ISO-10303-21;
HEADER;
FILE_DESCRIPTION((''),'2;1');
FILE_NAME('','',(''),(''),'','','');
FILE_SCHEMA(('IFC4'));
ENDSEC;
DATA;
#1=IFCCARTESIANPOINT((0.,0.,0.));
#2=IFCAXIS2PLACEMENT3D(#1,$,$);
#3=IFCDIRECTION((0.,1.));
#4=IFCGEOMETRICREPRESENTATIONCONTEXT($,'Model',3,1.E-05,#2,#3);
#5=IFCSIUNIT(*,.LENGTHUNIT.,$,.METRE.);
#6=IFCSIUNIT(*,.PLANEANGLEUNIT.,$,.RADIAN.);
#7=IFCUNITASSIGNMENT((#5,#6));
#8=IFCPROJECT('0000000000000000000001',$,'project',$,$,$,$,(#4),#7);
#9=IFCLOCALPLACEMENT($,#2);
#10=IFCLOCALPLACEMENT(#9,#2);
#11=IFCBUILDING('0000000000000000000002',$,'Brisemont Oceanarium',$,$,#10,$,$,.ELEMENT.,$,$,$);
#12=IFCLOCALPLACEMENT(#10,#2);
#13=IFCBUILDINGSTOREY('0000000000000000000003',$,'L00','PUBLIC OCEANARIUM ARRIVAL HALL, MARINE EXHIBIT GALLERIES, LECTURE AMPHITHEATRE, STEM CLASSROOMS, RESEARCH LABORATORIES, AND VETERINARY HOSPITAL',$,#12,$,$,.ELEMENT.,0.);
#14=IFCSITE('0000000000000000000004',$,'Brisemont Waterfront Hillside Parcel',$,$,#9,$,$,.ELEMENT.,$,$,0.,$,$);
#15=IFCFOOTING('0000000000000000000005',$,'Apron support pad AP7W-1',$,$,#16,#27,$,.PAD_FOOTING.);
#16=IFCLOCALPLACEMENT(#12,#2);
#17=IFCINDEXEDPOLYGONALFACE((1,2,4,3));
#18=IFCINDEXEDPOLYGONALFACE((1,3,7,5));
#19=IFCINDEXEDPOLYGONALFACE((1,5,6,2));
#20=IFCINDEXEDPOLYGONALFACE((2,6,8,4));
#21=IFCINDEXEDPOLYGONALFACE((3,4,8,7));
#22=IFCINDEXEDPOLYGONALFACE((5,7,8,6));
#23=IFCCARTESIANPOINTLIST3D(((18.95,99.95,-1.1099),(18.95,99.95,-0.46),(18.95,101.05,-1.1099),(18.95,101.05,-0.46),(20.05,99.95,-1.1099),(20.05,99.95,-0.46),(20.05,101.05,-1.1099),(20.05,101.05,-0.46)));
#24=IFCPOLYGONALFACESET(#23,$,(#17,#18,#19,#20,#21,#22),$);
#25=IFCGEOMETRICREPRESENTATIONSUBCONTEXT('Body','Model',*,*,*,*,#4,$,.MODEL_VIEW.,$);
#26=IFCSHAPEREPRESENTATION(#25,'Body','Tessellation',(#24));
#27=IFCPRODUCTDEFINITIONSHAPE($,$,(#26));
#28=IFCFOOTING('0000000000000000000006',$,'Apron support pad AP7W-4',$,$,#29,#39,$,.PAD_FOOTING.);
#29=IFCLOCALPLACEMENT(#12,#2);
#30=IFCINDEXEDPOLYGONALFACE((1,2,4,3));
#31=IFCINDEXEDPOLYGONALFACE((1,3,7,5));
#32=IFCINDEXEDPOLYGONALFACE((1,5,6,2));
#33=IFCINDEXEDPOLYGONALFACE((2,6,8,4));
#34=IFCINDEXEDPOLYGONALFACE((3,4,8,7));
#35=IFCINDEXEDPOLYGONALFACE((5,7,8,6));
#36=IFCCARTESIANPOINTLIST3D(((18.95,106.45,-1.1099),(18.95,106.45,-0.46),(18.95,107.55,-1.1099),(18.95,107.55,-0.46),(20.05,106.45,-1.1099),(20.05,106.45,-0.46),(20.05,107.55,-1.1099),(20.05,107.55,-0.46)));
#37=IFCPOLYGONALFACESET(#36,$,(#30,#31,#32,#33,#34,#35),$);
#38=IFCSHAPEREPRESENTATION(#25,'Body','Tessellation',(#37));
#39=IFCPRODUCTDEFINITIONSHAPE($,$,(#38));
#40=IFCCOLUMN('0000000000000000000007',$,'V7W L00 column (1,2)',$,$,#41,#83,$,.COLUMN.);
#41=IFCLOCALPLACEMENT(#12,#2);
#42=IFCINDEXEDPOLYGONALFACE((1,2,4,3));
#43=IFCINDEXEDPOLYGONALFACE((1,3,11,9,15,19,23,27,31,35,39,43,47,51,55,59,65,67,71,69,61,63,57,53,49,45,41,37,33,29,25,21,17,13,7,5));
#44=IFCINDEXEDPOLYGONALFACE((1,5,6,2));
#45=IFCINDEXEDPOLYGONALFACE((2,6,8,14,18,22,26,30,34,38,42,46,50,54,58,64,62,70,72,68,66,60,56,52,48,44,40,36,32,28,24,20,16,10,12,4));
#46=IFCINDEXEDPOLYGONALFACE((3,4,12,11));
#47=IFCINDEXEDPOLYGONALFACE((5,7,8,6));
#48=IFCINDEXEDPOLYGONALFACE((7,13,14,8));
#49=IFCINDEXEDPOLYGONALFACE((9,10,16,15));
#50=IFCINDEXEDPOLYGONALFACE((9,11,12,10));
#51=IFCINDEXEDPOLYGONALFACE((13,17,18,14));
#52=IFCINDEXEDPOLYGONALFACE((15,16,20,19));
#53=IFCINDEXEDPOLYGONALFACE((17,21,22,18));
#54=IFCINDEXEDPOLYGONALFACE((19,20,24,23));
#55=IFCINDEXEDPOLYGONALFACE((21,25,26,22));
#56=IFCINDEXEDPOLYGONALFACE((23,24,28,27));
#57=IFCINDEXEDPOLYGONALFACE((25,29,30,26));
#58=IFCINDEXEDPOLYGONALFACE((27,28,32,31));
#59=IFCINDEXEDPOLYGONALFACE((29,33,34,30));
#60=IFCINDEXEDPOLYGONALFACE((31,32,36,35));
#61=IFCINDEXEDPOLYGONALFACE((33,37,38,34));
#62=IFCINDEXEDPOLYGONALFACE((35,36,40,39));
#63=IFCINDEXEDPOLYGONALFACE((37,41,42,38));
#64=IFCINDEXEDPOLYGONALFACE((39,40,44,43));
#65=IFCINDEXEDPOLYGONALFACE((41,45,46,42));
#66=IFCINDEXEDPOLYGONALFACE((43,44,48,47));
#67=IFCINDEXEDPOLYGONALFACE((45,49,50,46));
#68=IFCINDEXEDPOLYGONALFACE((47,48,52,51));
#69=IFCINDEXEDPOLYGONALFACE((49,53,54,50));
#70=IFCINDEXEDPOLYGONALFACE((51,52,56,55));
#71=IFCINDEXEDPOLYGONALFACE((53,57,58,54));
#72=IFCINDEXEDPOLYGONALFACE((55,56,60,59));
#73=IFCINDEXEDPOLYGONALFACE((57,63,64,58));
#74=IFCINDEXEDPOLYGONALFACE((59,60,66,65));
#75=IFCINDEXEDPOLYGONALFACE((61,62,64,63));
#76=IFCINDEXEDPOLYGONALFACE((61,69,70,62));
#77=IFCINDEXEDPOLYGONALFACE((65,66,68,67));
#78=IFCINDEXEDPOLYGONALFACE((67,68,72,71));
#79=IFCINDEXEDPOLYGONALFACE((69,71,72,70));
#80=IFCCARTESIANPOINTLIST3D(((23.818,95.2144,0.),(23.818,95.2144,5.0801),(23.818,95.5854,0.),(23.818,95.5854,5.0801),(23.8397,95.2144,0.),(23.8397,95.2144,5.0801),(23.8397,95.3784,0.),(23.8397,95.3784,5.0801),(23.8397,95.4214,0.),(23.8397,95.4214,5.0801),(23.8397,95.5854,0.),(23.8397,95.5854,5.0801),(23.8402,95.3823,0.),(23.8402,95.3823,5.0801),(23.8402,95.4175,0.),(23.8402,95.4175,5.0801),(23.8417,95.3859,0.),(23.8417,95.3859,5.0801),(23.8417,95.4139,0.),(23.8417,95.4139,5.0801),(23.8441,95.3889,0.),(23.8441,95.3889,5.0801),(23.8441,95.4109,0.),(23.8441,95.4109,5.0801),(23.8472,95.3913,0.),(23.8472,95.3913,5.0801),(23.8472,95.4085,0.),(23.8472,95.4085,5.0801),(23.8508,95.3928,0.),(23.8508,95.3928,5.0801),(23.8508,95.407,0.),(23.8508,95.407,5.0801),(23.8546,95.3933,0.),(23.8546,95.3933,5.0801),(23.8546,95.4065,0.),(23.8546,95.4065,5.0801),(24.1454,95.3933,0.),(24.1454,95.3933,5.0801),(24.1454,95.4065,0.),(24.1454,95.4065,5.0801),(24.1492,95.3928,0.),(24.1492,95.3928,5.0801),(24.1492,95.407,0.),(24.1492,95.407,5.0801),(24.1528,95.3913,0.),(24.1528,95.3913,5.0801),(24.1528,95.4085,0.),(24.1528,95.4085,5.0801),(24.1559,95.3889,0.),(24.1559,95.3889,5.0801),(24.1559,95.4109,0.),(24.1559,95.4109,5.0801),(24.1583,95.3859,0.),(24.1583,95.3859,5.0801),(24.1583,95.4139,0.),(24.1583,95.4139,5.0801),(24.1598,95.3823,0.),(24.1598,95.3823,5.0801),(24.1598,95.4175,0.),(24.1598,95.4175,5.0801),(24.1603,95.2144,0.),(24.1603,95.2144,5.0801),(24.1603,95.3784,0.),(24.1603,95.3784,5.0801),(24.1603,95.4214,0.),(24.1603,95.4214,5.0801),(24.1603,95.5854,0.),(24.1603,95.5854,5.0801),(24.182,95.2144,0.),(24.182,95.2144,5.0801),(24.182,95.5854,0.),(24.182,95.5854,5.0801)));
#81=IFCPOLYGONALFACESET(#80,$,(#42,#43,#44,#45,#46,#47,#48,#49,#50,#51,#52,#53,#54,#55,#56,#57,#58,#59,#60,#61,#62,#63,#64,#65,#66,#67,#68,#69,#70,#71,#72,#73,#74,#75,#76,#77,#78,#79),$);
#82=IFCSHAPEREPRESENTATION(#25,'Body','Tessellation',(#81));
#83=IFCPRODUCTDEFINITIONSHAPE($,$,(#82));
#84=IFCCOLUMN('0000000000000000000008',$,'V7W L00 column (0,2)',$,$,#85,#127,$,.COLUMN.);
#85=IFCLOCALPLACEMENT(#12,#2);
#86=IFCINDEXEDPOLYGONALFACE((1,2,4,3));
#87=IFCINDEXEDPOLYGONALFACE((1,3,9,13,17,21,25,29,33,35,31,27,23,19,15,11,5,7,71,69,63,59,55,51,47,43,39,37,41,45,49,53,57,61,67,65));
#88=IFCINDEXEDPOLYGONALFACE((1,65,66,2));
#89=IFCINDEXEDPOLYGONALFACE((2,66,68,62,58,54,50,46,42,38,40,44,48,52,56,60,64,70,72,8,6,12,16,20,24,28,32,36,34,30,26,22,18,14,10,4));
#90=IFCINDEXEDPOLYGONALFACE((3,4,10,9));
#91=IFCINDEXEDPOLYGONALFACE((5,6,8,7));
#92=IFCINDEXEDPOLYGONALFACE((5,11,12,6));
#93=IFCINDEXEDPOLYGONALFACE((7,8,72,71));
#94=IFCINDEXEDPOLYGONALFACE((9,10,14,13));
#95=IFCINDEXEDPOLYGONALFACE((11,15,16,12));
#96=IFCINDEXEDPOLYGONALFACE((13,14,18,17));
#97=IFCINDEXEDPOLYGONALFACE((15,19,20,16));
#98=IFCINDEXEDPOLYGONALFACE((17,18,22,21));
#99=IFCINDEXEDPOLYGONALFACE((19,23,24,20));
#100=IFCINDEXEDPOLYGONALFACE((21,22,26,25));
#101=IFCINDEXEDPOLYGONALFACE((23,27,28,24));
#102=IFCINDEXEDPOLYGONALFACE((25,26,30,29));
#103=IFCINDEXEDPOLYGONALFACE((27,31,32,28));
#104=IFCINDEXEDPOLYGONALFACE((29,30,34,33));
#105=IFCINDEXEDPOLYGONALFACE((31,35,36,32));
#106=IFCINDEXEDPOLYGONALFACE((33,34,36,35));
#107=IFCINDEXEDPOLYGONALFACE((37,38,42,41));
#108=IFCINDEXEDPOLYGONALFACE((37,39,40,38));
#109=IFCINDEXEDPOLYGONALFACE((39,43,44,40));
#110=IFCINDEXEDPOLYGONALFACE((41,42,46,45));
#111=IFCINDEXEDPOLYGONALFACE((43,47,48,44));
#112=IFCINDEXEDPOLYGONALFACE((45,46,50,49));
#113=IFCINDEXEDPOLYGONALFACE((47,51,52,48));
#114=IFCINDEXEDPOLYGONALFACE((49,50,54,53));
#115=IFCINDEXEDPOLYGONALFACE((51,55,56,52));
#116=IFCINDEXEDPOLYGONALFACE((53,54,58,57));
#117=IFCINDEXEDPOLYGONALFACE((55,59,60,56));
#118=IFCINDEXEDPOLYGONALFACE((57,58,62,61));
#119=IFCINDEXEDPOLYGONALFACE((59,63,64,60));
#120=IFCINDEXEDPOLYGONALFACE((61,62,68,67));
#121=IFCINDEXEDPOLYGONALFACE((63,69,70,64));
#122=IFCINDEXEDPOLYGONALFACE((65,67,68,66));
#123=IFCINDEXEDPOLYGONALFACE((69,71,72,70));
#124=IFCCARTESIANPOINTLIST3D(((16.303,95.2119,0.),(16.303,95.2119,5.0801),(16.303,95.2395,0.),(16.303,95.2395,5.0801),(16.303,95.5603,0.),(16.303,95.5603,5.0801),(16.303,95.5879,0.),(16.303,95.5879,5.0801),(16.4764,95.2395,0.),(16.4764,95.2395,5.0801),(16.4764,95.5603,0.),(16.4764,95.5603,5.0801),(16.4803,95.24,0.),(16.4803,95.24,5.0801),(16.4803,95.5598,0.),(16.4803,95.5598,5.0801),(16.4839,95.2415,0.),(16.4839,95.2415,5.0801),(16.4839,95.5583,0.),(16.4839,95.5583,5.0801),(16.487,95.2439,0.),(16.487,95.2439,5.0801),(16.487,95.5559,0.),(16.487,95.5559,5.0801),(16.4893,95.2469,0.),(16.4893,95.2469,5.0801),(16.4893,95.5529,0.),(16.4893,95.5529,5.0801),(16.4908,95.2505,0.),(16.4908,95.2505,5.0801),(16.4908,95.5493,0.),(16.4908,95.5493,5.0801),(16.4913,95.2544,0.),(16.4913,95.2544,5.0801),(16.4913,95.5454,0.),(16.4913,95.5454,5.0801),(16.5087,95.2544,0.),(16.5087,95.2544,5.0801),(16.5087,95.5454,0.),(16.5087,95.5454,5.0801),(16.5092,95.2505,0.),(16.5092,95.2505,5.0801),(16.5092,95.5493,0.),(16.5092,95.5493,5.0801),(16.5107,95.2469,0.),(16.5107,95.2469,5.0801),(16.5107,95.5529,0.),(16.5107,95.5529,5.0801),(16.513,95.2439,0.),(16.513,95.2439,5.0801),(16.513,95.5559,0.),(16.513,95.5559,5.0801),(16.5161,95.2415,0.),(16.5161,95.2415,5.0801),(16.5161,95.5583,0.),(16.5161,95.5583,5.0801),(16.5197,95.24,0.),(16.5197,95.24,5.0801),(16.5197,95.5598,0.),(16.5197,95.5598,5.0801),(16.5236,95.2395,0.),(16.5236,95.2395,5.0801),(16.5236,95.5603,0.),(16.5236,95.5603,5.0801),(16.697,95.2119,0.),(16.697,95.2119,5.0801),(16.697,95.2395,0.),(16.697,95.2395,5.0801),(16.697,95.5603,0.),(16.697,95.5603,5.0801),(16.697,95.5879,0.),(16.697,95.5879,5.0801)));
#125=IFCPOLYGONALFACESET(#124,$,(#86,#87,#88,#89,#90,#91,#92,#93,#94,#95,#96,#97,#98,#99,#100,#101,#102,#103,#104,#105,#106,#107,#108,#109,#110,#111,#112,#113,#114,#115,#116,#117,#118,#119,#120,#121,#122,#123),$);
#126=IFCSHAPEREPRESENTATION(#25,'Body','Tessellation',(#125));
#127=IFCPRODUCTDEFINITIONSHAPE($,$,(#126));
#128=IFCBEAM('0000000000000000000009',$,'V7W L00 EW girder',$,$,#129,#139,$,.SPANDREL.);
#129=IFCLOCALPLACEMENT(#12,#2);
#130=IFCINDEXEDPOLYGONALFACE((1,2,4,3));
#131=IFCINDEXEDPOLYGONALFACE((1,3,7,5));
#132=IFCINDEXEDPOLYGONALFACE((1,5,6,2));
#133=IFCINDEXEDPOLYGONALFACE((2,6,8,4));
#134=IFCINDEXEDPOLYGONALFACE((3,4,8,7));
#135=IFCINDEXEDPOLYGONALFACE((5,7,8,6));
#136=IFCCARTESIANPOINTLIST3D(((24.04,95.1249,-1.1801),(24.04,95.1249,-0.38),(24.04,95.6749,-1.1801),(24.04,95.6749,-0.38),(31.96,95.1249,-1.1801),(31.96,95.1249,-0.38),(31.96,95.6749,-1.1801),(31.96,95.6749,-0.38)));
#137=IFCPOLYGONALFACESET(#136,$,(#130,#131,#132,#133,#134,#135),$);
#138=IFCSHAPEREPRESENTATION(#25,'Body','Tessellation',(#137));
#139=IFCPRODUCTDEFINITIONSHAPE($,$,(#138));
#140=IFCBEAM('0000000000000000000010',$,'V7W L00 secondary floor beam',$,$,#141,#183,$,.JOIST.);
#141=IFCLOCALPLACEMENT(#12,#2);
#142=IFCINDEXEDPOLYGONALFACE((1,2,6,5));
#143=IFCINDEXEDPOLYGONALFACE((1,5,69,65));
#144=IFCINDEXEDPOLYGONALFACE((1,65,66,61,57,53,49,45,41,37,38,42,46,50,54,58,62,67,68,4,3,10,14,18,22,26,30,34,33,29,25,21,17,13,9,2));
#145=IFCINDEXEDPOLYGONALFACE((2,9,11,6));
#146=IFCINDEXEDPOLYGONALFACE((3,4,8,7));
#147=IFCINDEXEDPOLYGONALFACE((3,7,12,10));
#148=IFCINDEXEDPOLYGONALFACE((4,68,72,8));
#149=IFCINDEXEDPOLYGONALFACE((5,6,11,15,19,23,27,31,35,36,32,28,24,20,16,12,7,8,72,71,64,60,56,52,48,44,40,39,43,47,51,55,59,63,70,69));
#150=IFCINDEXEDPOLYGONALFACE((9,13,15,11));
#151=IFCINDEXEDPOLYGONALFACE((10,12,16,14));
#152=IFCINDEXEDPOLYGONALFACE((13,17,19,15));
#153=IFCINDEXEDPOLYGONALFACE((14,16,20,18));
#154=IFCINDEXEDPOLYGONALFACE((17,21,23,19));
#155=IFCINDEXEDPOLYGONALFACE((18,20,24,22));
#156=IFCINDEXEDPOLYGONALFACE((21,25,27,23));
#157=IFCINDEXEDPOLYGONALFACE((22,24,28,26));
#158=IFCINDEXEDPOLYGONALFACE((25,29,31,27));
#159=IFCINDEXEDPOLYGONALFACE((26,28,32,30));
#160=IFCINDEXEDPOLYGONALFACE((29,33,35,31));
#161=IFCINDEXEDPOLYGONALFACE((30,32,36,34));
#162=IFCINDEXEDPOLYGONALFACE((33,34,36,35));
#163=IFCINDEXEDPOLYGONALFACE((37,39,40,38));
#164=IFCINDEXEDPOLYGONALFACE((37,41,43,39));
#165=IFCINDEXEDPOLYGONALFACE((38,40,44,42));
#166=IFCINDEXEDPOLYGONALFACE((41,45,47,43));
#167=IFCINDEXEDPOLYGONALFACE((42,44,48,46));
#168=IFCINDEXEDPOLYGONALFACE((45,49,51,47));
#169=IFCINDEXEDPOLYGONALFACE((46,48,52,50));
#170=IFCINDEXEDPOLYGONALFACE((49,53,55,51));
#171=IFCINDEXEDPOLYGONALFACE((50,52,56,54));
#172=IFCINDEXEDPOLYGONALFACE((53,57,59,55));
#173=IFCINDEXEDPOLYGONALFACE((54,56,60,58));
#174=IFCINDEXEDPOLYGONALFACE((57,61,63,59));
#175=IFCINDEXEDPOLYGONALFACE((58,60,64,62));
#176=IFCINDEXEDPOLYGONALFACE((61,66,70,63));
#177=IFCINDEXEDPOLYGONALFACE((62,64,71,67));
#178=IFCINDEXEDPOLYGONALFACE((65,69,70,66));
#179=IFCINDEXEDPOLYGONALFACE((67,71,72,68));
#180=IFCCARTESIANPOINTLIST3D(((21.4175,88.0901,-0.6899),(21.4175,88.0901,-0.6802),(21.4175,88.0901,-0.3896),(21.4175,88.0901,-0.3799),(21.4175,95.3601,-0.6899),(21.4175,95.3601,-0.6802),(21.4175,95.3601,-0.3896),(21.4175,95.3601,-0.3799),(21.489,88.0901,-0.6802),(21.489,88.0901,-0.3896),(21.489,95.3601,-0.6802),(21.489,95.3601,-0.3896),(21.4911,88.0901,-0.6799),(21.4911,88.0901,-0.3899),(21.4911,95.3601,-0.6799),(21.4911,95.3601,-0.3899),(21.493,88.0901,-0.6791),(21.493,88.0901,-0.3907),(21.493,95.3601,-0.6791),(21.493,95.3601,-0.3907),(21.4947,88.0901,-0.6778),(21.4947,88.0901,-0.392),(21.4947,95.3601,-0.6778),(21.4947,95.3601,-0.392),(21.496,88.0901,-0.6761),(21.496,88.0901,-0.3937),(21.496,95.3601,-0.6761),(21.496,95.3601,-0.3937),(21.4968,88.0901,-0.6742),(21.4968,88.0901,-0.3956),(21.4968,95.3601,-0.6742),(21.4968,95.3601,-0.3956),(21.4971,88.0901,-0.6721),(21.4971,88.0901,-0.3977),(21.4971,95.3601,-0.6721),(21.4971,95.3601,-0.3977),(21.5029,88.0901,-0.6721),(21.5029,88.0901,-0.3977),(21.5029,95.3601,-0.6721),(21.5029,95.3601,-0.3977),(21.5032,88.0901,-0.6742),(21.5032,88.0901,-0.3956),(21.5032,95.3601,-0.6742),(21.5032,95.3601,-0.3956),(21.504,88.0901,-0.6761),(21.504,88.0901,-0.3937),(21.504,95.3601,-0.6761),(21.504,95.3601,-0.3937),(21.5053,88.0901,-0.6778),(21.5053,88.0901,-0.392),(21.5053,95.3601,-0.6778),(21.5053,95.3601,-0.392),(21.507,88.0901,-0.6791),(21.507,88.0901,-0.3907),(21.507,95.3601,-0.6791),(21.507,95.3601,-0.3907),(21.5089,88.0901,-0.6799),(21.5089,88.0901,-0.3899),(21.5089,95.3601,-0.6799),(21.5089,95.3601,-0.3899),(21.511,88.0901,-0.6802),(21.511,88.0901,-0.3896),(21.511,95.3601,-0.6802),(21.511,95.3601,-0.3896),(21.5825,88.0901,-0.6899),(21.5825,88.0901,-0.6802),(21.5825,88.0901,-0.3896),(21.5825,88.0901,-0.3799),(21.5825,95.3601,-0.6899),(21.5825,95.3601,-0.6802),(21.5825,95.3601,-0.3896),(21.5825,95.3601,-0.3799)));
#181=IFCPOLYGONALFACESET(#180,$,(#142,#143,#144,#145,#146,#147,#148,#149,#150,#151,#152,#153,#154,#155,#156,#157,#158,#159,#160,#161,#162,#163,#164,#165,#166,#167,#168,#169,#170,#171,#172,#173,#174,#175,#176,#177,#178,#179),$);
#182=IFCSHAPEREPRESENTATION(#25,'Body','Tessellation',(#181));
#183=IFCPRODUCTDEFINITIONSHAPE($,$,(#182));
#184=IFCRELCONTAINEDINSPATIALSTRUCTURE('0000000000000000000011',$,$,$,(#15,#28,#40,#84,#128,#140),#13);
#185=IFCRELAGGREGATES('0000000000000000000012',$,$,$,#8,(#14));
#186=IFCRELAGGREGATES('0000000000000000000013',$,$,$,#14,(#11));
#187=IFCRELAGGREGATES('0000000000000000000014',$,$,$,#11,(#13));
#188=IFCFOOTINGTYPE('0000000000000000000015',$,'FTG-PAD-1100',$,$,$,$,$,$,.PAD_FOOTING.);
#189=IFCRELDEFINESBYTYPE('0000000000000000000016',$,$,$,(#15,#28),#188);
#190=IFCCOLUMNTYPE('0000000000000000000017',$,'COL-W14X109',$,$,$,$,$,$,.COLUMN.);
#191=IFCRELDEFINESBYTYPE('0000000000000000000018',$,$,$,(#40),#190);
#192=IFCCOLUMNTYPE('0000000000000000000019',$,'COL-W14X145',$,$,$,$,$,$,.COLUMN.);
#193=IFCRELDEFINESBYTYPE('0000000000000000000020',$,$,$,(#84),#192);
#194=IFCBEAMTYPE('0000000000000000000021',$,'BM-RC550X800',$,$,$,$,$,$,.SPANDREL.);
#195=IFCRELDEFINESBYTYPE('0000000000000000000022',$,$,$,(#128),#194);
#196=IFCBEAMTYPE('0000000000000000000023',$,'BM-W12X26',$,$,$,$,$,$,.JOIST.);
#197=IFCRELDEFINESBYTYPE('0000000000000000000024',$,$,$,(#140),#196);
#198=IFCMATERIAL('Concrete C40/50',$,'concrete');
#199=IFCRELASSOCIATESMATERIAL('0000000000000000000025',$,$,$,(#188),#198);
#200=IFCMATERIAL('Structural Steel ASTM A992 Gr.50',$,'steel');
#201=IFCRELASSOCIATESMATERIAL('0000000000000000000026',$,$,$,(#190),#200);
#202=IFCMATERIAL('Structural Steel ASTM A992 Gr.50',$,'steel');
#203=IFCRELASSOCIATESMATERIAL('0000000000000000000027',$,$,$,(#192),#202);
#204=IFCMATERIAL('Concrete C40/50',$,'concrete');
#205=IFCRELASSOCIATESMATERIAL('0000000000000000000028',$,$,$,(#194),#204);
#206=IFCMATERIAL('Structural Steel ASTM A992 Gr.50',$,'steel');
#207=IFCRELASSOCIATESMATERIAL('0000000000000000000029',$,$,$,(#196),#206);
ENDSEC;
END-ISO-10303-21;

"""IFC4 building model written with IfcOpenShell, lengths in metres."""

from ifc_helpers import new_model, si_unit, direction, frame, origin, origin_2d, place, context, subcontext, project, spatial, rectangle, i_section, extrude, material, material_profile, profile_set, type_object, element, save


model = new_model("IFC4")

# Units and contexts
model_context = context("Model", 3, precision=1e-05, world=origin(), true_north=direction((0.0, 1.0)))
body_context = subcontext(model_context, "Body", "Model", "MODEL_VIEW")
ifc_project = project(units=[si_unit("LENGTHUNIT", "METRE"), si_unit("PLANEANGLEUNIT", "RADIAN")], contexts=[model_context])

# Site, building, storey
site_placement = place(None, origin())
site = spatial("IfcSite", under=ifc_project, at=site_placement, Name="Brisemont Waterfront Hillside Parcel", CompositionType="ELEMENT", RefElevation=0.0)
building_placement = place(site_placement, origin())
building = spatial("IfcBuilding", under=site, at=building_placement, Name="Brisemont Oceanarium", CompositionType="ELEMENT")
storey_placement = place(building_placement, origin())
storey = spatial("IfcBuildingStorey", under=building, at=storey_placement, Name="L00", Description="PUBLIC OCEANARIUM ARRIVAL HALL, MARINE EXHIBIT GALLERIES, LECTURE AMPHITHEATRE, STEM CLASSROOMS, RESEARCH LABORATORIES, AND VETERINARY HOSPITAL", CompositionType="ELEMENT", Elevation=0.0)

# Footings
ifc_material_1 = material(Name="Concrete C40/50", Category="concrete")
footing_type = type_object("IfcFootingType", Name="FTG-PAD-1100", PredefinedType="PAD_FOOTING", material=ifc_material_1)
for number, where, z_axis, x_axis, name in (
    (1, (19.5, 100.5, -1.1099), (0.0, 0.0, 1.0), (1.0, 0.0, 0.0), "Apron support pad AP7W-1"),
    (2, (19.5, 107.0, -1.1099), (0.0, 0.0, 1.0), (1.0, 0.0, 0.0), "Apron support pad AP7W-4"),
):
    element("IfcFooting", number, at=place(storey_placement, frame(where, z_axis=z_axis, x_axis=x_axis)), inside=storey, type_object=footing_type, Name=name, PredefinedType="PAD_FOOTING", context=body_context, shape_type="SweptSolid", body=[
        extrude(rectangle(XDim=1.1001, YDim=1.1001, at=origin_2d()), origin(), (0.0, 0.0, 1.0), 0.6499),
    ])

# Columns
ifc_material_2 = material(Name="Structural Steel ASTM A992 Gr.50", Category="steel")
ifc_material_profile_1 = material_profile(ifc_material_2, i_section(OverallWidth=0.3711, OverallDepth=0.364, WebThickness=0.0132, FlangeThickness=0.0217, FilletRadius=0.0149, at=origin_2d()), Name="W14X109")
ifc_profile_set_1 = profile_set([ifc_material_profile_1], Name="Structural Steel ASTM A992 Gr.50")
column_type_1 = type_object("IfcColumnType", Name="COL-W14X109", PredefinedType="COLUMN", material=ifc_profile_set_1)
column_1_placement = place(storey_placement, frame((24.0, 95.3999, 0.0), z_axis=(0.0, 0.0, 1.0), x_axis=(0.0, 1.0, 0.0)))
element("IfcColumn", 3, at=column_1_placement, inside=storey, type_object=column_type_1, Name="V7W L00 column (1,2)", PredefinedType="COLUMN", context=body_context, shape_type="SweptSolid", body=[
    extrude(i_section(OverallWidth=0.3711, OverallDepth=0.364, WebThickness=0.0132, FlangeThickness=0.0217, FilletRadius=0.0149, at=origin_2d()), origin(), (0.0, 0.0, 1.0), 5.0801),
])
ifc_material_3 = material(Name="Structural Steel ASTM A992 Gr.50", Category="steel")
ifc_material_profile_2 = material_profile(ifc_material_3, i_section(OverallWidth=0.394, OverallDepth=0.376, WebThickness=0.0173, FlangeThickness=0.0276, FilletRadius=0.0149, at=origin_2d()), Name="W14X145")
ifc_profile_set_2 = profile_set([ifc_material_profile_2], Name="Structural Steel ASTM A992 Gr.50")
column_type_2 = type_object("IfcColumnType", Name="COL-W14X145", PredefinedType="COLUMN", material=ifc_profile_set_2)
column_2_placement = place(storey_placement, frame((16.5, 95.3999, 0.0), z_axis=(0.0, 0.0, 1.0), x_axis=(1.0, 0.0, 0.0)))
element("IfcColumn", 4, at=column_2_placement, inside=storey, type_object=column_type_2, Name="V7W L00 column (0,2)", PredefinedType="COLUMN", context=body_context, shape_type="SweptSolid", body=[
    extrude(i_section(OverallWidth=0.394, OverallDepth=0.376, WebThickness=0.0173, FlangeThickness=0.0276, FilletRadius=0.0149, at=origin_2d()), origin(), (0.0, 0.0, 1.0), 5.0801),
])

# Beams
ifc_material_4 = material(Name="Concrete C40/50", Category="concrete")
ifc_material_profile_3 = material_profile(ifc_material_4, rectangle(XDim=0.55, YDim=0.8, at=origin_2d()), Name="RC-BM-550X800")
ifc_profile_set_3 = profile_set([ifc_material_profile_3], Name="Concrete C40/50")
beam_type_1 = type_object("IfcBeamType", Name="BM-RC550X800", PredefinedType="SPANDREL", material=ifc_profile_set_3)
beam_1_placement = place(storey_placement, frame((24.04, 95.3999, -0.78), z_axis=(1.0, 0.0, 0.0), x_axis=(0.0, 1.0, 0.0)))
element("IfcBeam", 5, at=beam_1_placement, inside=storey, type_object=beam_type_1, Name="V7W L00 EW girder", PredefinedType="SPANDREL", context=body_context, shape_type="SweptSolid", body=[
    extrude(rectangle(XDim=0.55, YDim=0.8, at=origin_2d()), origin(), (0.0, 0.0, 1.0), 7.9199),
])
ifc_material_5 = material(Name="Structural Steel ASTM A992 Gr.50", Category="steel")
ifc_material_profile_4 = material_profile(ifc_material_5, i_section(OverallWidth=0.165, OverallDepth=0.3101, WebThickness=0.0059, FlangeThickness=0.0098, FilletRadius=0.0081, at=origin_2d()), Name="W12X26")
ifc_profile_set_4 = profile_set([ifc_material_profile_4], Name="Structural Steel ASTM A992 Gr.50")
beam_type_2 = type_object("IfcBeamType", Name="BM-W12X26", PredefinedType="JOIST", material=ifc_profile_set_4)
for number, where, z_axis, x_axis, name in (
    (6, (21.5, 88.0901, -0.5349), (0.0, 1.0, 0.0), (-1.0, 0.0, 0.0), "V7W L00 secondary floor beam"),
):
    element("IfcBeam", number, at=place(storey_placement, frame(where, z_axis=z_axis, x_axis=x_axis)), inside=storey, type_object=beam_type_2, Name=name, PredefinedType="JOIST", context=body_context, shape_type="SweptSolid", body=[
        extrude(i_section(OverallWidth=0.165, OverallDepth=0.3101, WebThickness=0.0059, FlangeThickness=0.0098, FilletRadius=0.0081, at=origin_2d()), origin(), (0.0, 0.0, 1.0), 7.27),
    ])

save(model, "model.ifc")
